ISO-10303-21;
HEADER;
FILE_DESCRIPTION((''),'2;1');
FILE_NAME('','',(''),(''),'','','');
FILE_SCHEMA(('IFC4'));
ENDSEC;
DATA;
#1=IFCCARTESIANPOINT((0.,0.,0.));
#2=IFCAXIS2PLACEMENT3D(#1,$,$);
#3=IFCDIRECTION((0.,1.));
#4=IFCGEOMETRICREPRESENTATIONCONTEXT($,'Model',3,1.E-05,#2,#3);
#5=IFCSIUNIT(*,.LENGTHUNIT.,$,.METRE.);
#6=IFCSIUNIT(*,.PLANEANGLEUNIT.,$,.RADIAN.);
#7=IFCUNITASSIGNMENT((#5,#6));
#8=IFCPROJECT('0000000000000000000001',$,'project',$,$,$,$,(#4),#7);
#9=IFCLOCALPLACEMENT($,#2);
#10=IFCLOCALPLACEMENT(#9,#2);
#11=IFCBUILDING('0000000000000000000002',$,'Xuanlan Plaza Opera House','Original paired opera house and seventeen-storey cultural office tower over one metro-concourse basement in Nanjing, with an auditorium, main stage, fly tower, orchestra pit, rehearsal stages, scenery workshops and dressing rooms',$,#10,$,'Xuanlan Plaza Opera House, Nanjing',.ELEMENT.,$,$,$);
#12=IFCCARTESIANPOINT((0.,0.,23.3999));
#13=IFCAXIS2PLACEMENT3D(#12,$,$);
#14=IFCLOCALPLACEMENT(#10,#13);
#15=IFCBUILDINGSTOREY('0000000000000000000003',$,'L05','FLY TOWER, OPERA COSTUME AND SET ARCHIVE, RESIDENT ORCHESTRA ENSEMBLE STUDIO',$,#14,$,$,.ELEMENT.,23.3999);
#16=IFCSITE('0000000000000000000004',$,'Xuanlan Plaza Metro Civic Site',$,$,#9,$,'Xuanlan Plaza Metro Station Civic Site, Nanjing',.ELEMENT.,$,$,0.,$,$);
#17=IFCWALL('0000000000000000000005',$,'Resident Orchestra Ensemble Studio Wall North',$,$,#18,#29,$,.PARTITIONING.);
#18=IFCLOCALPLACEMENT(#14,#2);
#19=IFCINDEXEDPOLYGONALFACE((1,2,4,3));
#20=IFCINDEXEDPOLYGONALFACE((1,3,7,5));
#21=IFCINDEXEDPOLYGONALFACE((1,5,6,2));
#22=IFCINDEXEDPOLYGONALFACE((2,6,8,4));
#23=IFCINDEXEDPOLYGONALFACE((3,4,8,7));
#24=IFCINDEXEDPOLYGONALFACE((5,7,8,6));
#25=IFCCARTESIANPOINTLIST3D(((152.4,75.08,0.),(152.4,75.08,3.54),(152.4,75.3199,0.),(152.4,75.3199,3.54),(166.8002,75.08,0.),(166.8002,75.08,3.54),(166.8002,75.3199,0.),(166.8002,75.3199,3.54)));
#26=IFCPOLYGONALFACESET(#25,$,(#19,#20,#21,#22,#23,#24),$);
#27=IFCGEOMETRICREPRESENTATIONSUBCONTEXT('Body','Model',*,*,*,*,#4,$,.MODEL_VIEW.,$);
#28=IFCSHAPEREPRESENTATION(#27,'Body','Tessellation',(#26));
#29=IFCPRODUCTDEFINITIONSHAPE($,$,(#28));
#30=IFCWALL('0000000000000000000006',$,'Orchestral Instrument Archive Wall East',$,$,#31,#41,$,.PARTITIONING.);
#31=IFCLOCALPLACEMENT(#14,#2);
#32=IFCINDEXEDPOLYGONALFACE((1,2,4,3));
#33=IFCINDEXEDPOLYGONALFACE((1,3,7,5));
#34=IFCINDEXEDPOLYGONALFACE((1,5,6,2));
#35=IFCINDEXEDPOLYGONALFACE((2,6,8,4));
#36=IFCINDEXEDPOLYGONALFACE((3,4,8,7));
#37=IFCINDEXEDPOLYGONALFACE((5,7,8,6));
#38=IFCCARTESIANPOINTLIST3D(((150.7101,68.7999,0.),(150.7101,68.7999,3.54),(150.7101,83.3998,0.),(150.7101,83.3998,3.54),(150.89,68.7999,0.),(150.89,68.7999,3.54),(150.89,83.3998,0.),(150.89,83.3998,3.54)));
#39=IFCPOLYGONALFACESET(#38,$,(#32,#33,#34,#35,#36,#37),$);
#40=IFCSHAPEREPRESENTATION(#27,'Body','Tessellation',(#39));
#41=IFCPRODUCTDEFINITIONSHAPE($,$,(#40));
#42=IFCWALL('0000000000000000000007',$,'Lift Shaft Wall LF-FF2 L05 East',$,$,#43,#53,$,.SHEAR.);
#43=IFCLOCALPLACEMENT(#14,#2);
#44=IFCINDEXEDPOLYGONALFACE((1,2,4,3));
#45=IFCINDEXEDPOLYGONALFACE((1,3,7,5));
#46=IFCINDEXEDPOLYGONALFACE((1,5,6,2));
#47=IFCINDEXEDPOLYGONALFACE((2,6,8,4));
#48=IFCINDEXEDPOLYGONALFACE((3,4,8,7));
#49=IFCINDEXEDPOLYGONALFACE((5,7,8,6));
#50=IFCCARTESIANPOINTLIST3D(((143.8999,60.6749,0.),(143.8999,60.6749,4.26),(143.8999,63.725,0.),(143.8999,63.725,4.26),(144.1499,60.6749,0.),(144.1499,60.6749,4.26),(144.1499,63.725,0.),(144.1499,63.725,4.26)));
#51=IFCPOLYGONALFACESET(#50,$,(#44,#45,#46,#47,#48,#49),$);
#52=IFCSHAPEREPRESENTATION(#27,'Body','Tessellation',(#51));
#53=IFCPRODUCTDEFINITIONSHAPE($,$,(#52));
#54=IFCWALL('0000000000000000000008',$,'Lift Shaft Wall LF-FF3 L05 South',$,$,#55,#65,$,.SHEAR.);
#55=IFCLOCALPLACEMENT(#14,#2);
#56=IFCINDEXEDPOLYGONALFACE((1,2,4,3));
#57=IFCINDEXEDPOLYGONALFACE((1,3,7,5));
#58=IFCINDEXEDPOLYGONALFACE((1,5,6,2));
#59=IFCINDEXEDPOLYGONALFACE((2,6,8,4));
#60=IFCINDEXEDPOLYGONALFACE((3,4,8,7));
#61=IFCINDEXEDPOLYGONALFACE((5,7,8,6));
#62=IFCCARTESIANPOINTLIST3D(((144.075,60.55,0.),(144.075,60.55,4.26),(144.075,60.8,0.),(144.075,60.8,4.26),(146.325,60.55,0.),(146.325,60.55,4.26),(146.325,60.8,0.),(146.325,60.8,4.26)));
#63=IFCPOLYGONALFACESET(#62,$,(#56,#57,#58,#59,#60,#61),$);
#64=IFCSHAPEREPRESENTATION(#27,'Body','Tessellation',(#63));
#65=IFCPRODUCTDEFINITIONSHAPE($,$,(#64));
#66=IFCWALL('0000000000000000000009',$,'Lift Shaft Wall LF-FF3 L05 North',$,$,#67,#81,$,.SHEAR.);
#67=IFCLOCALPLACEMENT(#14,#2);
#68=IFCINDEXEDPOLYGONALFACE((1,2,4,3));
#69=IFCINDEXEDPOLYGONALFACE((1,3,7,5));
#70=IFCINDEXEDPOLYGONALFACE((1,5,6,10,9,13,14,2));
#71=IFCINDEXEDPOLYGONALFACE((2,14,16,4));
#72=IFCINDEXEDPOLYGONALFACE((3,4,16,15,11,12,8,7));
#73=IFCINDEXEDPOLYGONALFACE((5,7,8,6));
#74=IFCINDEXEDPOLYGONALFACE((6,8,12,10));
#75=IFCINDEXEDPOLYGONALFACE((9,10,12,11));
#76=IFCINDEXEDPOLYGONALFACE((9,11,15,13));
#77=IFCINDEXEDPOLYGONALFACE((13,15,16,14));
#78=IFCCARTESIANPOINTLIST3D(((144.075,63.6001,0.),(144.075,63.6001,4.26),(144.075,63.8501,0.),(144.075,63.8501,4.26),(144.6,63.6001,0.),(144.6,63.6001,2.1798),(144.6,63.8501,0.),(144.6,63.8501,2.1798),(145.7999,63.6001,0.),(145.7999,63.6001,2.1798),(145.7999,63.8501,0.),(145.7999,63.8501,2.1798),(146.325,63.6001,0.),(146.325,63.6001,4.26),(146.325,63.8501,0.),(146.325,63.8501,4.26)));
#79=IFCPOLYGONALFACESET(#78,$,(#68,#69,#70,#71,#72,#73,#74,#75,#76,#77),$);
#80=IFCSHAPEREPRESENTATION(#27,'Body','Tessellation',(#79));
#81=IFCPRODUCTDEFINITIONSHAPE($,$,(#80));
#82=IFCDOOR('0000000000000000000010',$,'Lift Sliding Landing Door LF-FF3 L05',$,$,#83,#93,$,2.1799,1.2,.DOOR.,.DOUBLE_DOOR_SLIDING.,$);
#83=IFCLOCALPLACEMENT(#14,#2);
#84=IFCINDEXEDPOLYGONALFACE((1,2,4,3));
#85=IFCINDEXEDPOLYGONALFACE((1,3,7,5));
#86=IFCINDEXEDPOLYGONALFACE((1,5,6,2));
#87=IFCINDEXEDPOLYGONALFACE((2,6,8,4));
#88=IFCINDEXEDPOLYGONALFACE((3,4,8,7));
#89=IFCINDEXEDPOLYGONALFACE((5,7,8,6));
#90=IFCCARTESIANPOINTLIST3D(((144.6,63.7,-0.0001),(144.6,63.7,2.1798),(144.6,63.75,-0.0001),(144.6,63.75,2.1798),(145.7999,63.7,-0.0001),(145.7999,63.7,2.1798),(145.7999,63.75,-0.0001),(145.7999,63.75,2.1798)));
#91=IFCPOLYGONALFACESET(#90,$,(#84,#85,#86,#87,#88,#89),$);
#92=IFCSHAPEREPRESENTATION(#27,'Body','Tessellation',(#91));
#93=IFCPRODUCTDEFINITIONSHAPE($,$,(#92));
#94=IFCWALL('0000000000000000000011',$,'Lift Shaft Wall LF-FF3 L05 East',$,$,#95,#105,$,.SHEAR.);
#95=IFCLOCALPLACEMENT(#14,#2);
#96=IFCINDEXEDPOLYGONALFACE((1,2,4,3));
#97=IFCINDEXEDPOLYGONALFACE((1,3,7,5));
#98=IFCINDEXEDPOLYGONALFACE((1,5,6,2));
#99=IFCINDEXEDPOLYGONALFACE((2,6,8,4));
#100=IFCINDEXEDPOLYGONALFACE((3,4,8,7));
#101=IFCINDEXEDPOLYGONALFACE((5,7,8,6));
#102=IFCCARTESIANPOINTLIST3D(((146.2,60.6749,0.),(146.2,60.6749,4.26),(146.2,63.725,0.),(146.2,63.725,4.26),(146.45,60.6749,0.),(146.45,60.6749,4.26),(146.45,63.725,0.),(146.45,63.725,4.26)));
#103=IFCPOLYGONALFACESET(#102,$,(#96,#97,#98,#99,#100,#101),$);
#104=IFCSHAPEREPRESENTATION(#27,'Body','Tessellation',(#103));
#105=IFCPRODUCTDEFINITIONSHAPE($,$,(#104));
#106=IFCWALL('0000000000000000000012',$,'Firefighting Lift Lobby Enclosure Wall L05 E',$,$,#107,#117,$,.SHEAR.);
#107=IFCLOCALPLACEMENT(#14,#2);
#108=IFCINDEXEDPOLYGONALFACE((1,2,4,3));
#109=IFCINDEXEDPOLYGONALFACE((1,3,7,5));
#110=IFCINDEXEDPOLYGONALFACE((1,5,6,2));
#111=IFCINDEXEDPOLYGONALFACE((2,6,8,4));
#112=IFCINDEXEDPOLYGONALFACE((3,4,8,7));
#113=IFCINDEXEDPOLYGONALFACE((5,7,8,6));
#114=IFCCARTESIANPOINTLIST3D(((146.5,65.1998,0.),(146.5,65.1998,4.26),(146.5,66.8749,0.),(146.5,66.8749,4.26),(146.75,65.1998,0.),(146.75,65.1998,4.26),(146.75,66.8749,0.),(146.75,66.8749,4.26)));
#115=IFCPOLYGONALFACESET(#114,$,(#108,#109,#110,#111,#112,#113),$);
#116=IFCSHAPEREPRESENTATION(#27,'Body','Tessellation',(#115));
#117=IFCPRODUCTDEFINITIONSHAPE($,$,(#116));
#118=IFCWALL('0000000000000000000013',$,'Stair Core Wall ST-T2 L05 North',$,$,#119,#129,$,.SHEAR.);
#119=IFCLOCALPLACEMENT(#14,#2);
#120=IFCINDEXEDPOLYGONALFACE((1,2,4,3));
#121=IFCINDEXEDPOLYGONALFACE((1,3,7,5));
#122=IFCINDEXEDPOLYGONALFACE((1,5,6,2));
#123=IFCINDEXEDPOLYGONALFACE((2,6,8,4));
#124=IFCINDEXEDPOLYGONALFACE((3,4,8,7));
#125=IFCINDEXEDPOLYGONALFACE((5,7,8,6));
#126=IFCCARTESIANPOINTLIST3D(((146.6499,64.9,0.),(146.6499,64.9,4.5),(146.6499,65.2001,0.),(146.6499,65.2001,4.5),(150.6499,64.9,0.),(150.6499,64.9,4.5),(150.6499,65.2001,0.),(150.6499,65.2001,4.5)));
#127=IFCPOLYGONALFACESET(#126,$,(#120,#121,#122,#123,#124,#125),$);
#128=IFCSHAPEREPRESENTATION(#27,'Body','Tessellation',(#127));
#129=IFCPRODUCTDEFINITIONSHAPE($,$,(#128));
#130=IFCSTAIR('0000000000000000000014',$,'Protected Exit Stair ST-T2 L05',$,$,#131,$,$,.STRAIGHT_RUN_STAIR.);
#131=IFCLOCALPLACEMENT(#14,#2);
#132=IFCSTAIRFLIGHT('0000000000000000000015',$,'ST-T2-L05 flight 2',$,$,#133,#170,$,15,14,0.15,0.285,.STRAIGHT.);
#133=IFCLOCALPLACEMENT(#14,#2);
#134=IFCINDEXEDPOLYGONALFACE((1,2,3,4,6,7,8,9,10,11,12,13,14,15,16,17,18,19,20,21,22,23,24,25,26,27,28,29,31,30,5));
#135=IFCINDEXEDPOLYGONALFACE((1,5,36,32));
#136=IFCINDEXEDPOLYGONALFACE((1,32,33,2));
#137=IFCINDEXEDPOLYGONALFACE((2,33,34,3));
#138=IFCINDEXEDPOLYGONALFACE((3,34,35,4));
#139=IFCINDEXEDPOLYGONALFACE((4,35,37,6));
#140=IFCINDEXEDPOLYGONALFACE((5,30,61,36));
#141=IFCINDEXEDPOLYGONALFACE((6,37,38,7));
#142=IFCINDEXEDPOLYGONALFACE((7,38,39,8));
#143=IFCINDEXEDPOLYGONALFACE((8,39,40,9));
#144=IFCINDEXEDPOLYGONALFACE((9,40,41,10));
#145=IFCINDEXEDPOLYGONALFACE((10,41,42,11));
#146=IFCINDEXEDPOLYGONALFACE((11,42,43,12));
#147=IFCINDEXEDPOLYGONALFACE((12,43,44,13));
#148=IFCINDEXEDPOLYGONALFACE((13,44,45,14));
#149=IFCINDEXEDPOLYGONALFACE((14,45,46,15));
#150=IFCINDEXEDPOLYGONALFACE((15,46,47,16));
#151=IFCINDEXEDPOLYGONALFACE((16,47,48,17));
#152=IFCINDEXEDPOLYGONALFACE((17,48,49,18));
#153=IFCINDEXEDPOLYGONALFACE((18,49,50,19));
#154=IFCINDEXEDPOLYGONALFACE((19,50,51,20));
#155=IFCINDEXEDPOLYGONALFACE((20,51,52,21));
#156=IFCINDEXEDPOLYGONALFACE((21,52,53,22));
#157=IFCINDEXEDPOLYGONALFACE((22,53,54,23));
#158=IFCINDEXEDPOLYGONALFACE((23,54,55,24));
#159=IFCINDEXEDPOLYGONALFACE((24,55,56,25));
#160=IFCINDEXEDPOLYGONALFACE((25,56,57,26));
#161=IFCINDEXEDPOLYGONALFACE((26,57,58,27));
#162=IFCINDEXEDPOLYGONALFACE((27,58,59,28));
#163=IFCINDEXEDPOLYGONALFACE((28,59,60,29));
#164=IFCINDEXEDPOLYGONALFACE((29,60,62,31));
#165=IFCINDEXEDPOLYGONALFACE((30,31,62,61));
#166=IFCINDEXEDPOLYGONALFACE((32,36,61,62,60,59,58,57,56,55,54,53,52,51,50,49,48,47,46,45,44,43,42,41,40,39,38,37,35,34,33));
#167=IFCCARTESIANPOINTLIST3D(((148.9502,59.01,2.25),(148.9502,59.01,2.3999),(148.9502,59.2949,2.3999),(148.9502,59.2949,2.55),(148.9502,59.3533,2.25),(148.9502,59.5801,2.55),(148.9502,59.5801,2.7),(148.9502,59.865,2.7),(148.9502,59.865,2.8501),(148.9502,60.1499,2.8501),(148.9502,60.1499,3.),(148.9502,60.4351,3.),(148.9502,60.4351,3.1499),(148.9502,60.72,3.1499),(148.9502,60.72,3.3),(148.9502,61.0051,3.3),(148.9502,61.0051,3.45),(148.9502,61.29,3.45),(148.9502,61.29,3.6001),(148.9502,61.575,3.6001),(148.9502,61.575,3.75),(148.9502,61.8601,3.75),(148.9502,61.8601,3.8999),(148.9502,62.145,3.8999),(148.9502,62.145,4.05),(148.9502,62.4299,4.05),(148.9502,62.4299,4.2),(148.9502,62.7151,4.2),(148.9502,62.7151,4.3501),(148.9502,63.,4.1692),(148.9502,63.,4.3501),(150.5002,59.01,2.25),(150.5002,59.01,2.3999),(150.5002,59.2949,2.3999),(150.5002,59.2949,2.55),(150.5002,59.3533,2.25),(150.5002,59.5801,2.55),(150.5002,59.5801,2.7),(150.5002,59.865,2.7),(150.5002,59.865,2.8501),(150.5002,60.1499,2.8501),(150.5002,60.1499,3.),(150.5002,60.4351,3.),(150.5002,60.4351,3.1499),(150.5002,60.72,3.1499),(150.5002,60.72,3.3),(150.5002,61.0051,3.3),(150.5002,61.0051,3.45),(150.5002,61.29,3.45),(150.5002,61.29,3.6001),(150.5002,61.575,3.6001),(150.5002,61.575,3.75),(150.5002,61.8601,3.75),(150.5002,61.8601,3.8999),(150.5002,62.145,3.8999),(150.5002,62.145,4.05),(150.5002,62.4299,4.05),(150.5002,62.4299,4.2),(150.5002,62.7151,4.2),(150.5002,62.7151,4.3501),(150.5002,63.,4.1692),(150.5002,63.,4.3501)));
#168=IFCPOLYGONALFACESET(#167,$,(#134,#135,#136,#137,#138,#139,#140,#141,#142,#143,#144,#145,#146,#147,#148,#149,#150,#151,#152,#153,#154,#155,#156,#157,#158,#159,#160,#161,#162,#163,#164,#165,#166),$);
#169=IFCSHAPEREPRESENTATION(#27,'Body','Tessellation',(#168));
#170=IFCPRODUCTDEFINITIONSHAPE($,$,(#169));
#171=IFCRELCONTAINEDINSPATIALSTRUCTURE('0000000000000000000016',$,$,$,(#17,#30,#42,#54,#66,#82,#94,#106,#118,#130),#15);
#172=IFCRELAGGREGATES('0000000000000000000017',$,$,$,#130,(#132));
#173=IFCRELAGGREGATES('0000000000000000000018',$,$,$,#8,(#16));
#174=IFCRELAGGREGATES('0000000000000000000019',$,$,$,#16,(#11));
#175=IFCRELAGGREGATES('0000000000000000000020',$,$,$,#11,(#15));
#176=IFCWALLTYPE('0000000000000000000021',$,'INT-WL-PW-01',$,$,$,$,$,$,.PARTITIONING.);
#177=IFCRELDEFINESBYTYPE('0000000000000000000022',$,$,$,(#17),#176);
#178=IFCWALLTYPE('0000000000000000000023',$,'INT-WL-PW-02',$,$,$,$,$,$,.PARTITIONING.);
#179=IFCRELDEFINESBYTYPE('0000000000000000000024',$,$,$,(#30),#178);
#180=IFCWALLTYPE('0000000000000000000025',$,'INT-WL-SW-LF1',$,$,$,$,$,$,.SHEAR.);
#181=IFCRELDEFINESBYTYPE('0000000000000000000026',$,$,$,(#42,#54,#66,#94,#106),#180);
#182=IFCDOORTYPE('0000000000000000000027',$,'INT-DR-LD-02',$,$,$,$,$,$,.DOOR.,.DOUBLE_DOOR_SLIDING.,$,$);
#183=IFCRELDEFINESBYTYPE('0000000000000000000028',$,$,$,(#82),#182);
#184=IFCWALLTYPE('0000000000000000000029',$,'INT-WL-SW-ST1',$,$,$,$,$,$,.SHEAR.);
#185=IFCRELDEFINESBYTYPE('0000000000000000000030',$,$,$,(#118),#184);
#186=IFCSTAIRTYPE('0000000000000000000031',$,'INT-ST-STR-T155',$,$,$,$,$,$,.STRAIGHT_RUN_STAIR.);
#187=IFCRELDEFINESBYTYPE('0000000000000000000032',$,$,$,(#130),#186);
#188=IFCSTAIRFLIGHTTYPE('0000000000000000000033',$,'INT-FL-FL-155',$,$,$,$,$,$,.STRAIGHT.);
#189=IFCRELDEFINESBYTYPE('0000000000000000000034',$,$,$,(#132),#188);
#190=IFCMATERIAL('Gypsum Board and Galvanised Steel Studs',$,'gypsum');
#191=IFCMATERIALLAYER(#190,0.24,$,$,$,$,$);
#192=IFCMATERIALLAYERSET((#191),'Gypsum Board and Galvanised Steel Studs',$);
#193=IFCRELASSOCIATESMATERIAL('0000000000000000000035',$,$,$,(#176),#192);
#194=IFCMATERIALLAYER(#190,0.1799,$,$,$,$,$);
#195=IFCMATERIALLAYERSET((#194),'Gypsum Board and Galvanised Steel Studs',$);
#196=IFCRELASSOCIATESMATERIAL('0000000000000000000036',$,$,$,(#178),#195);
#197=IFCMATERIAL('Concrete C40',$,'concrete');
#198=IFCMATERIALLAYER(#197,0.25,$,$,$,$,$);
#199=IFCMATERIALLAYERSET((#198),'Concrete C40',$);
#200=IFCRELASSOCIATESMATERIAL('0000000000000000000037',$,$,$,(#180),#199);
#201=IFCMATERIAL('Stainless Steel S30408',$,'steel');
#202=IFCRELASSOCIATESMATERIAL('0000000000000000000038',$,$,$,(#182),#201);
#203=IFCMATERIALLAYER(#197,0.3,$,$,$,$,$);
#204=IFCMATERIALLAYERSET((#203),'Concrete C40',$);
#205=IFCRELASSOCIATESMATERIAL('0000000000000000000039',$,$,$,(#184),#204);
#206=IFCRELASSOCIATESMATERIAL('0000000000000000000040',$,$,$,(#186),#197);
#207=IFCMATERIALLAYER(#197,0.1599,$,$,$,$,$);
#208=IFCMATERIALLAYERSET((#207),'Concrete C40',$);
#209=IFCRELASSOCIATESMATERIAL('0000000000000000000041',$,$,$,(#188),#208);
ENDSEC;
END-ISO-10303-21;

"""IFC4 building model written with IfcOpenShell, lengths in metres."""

from ifc_helpers import new_model, si_unit, direction, frame, frame_2d, origin, place, context, subcontext, project, spatial, polyline, rectangle, outline, extrude, material, layer, layer_set, type_object, element, fill, aggregate, save


model = new_model("IFC4")

# Units and contexts
model_context = context("Model", 3, precision=1e-05, world=origin(), true_north=direction((0.0, 1.0)))
body_context = subcontext(model_context, "Body", "Model", "MODEL_VIEW")
ifc_project = project(units=[si_unit("LENGTHUNIT", "METRE"), si_unit("PLANEANGLEUNIT", "RADIAN")], contexts=[model_context])

# Site, building, storey
site_placement = place(None, origin())
site = spatial("IfcSite", under=ifc_project, at=site_placement, Name="Xuanlan Plaza Metro Civic Site", LongName="Xuanlan Plaza Metro Station Civic Site, Nanjing", CompositionType="ELEMENT", RefElevation=0.0)
building_placement = place(site_placement, origin())
building = spatial("IfcBuilding", under=site, at=building_placement, Name="Xuanlan Plaza Opera House", Description="Original paired opera house and seventeen-storey cultural office tower over one metro-concourse basement in Nanjing, with an auditorium, main stage, fly tower, orchestra pit, rehearsal stages, scenery workshops and dressing rooms", LongName="Xuanlan Plaza Opera House, Nanjing", CompositionType="ELEMENT")
storey_placement = place(building_placement, frame((0.0, 0.0, 23.3999)))
storey = spatial("IfcBuildingStorey", under=building, at=storey_placement, Name="L05", Description="FLY TOWER, OPERA COSTUME AND SET ARCHIVE, RESIDENT ORCHESTRA ENSEMBLE STUDIO", CompositionType="ELEMENT", Elevation=23.3999)

# Shared definitions
ifc_material_1 = material(Name="Concrete C40", Category="concrete")

# Walls
ifc_material_2 = material(Name="Gypsum Board and Galvanised Steel Studs", Category="gypsum")
ifc_layer_1 = layer(ifc_material_2, 0.24)
ifc_layer_set_1 = layer_set([ifc_layer_1], Name="Gypsum Board and Galvanised Steel Studs")
wall_type_1 = type_object("IfcWallType", Name="INT-WL-PW-01", PredefinedType="PARTITIONING", material=ifc_layer_set_1)
wall_1_placement = place(storey_placement, frame((152.3999, 75.2, 0.0), z_axis=(0.0, 0.0, 1.0), x_axis=(1.0, 0.0, 0.0)))
element("IfcWall", 1, at=wall_1_placement, inside=storey, type_object=wall_type_1, Name="Resident Orchestra Ensemble Studio Wall North", PredefinedType="PARTITIONING", context=body_context, shape_type="SweptSolid", body=[
    extrude(rectangle(XDim=14.4001, YDim=0.24, at=frame_2d((7.2002, 0.0))), origin(), (0.0, 0.0, 1.0), 3.54),
])
ifc_layer_2 = layer(ifc_material_2, 0.1799)
ifc_layer_set_2 = layer_set([ifc_layer_2], Name="Gypsum Board and Galvanised Steel Studs")
wall_type_2 = type_object("IfcWallType", Name="INT-WL-PW-02", PredefinedType="PARTITIONING", material=ifc_layer_set_2)
wall_2_placement = place(storey_placement, frame((150.8, 68.8, 0.0), z_axis=(0.0, 0.0, 1.0), x_axis=(0.0, 1.0, 0.0)))
element("IfcWall", 2, at=wall_2_placement, inside=storey, type_object=wall_type_2, Name="Orchestral Instrument Archive Wall East", PredefinedType="PARTITIONING", context=body_context, shape_type="SweptSolid", body=[
    extrude(rectangle(XDim=14.5999, YDim=0.1799, at=frame_2d((7.2998, 0.0))), origin(), (0.0, 0.0, 1.0), 3.54),
])
ifc_layer_3 = layer(ifc_material_1, 0.25)
ifc_layer_set_3 = layer_set([ifc_layer_3], Name="Concrete C40")
wall_type_3 = type_object("IfcWallType", Name="INT-WL-SW-LF1", PredefinedType="SHEAR", material=ifc_layer_set_3)
wall_3_placement = place(storey_placement, frame((144.0249, 60.675, 0.0), z_axis=(0.0, 0.0, 1.0), x_axis=(0.0, 1.0, 0.0)))
element("IfcWall", 3, at=wall_3_placement, inside=storey, type_object=wall_type_3, Name="Lift Shaft Wall LF-FF2 L05 East", PredefinedType="SHEAR", context=body_context, shape_type="SweptSolid", body=[
    extrude(rectangle(XDim=3.05, YDim=0.25, at=frame_2d((1.5249, 0.0))), origin(), (0.0, 0.0, 1.0), 4.26),
])
wall_4_placement = place(storey_placement, frame((144.075, 60.675, 0.0), z_axis=(0.0, 0.0, 1.0), x_axis=(1.0, 0.0, 0.0)))
element("IfcWall", 4, at=wall_4_placement, inside=storey, type_object=wall_type_3, Name="Lift Shaft Wall LF-FF3 L05 South", PredefinedType="SHEAR", context=body_context, shape_type="SweptSolid", body=[
    extrude(rectangle(XDim=2.25, YDim=0.25, at=frame_2d((1.125, 0.0))), origin(), (0.0, 0.0, 1.0), 4.26),
])

# Wall, opening, door
wall_5_placement = place(storey_placement, frame((144.075, 63.7251, 0.0), z_axis=(0.0, 0.0, 1.0), x_axis=(1.0, 0.0, 0.0)))
wall_5 = element("IfcWall", 5, at=wall_5_placement, inside=storey, type_object=wall_type_3, Name="Lift Shaft Wall LF-FF3 L05 North", PredefinedType="SHEAR", context=body_context, shape_type="SweptSolid", body=[
    extrude(rectangle(XDim=2.25, YDim=0.25, at=frame_2d((1.125, 0.0))), origin(), (0.0, 0.0, 1.0), 4.26),
])
opening_placement = place(wall_5_placement, frame((0.5249, 0.0, 0.0)))
opening = element("IfcOpeningElement", 6, at=opening_placement, cuts=wall_5, PredefinedType="OPENING", context=body_context, shape_type="SweptSolid", body=[
    extrude(rectangle(XDim=1.2, YDim=2.1799, at=frame_2d((0.6001, 1.0898))), frame((0.0, 0.135, 0.0), z_axis=(0.0, -1.0, 0.0), x_axis=(1.0, 0.0, 0.0)), (0.0, 0.0, 1.0), 0.27),
])
ifc_material_3 = material(Name="Stainless Steel S30408", Category="steel")
door_type = type_object("IfcDoorType", Name="INT-DR-LD-02", OperationType="DOUBLE_DOOR_SLIDING", PredefinedType="DOOR", material=ifc_material_3)
door_placement = place(opening_placement, origin())
door = element("IfcDoor", 7, at=door_placement, inside=storey, type_object=door_type, Name="Lift Sliding Landing Door LF-FF3 L05", OperationType="DOUBLE_DOOR_SLIDING", OverallHeight=2.1799, OverallWidth=1.2, PredefinedType="DOOR", context=body_context, shape_type="SweptSolid", body=[
    extrude(rectangle(XDim=1.2, YDim=2.1799, at=frame_2d((0.6001, 1.0898))), frame((0.0, 0.0249, 0.0), z_axis=(0.0, -1.0, 0.0), x_axis=(1.0, 0.0, 0.0)), (0.0, 0.0, 1.0), 0.05),
])
fill(opening, door)

# Walls
wall_6_placement = place(storey_placement, frame((146.325, 60.675, 0.0), z_axis=(0.0, 0.0, 1.0), x_axis=(0.0, 1.0, 0.0)))
element("IfcWall", 8, at=wall_6_placement, inside=storey, type_object=wall_type_3, Name="Lift Shaft Wall LF-FF3 L05 East", PredefinedType="SHEAR", context=body_context, shape_type="SweptSolid", body=[
    extrude(rectangle(XDim=3.05, YDim=0.25, at=frame_2d((1.5249, 0.0))), origin(), (0.0, 0.0, 1.0), 4.26),
])
wall_7_placement = place(storey_placement, frame((146.625, 65.2, 0.0), z_axis=(0.0, 0.0, 1.0), x_axis=(0.0, 1.0, 0.0)))
element("IfcWall", 9, at=wall_7_placement, inside=storey, type_object=wall_type_3, Name="Firefighting Lift Lobby Enclosure Wall L05 E", PredefinedType="SHEAR", context=body_context, shape_type="SweptSolid", body=[
    extrude(rectangle(XDim=1.675, YDim=0.25, at=frame_2d((0.8374, 0.0))), origin(), (0.0, 0.0, 1.0), 4.26),
])
ifc_layer_4 = layer(ifc_material_1, 0.3)
ifc_layer_set_4 = layer_set([ifc_layer_4], Name="Concrete C40")
wall_type_4 = type_object("IfcWallType", Name="INT-WL-SW-ST1", PredefinedType="SHEAR", material=ifc_layer_set_4)
wall_8_placement = place(storey_placement, frame((146.6499, 65.05, 0.0), z_axis=(0.0, 0.0, 1.0), x_axis=(1.0, 0.0, 0.0)))
element("IfcWall", 10, at=wall_8_placement, inside=storey, type_object=wall_type_4, Name="Stair Core Wall ST-T2 L05 North", PredefinedType="SHEAR", context=body_context, shape_type="SweptSolid", body=[
    extrude(rectangle(XDim=4.0, YDim=0.3, at=frame_2d((2.0, 0.0))), origin(), (0.0, 0.0, 1.0), 4.5),
])

# Stair, stair flight
stair_type = type_object("IfcStairType", Name="INT-ST-STR-T155", PredefinedType="STRAIGHT_RUN_STAIR", material=ifc_material_1)
stair_placement = place(storey_placement, origin())
stair = element("IfcStair", 11, at=stair_placement, inside=storey, type_object=stair_type, Name="Protected Exit Stair ST-T2 L05", PredefinedType="STRAIGHT_RUN_STAIR")
ifc_layer_5 = layer(ifc_material_1, 0.1599)
ifc_layer_set_5 = layer_set([ifc_layer_5], Name="Concrete C40")
stair_flight_type = type_object("IfcStairFlightType", Name="INT-FL-FL-155", PredefinedType="STRAIGHT", material=ifc_layer_set_5)
stair_flight_placement = place(storey_placement, frame((149.7251, 59.01, 2.25), z_axis=(0.0, 0.0, 1.0), x_axis=(0.0, 1.0, 0.0)))
stair_flight = element("IfcStairFlight", 12, at=stair_flight_placement, type_object=stair_flight_type, Name="ST-T2-L05 flight 2", NumberOfRisers=15, NumberOfTreads=14, PredefinedType="STRAIGHT", RiserHeight=0.15, TreadLength=0.285, context=body_context, shape_type="SweptSolid", body=[
    extrude(outline(polyline([(0.0, 0.0), (0.0, 0.1499), (0.2849, 0.1499), (0.2849, 0.3), (0.5701, 0.3), (0.5701, 0.45), (0.855, 0.45), (0.855, 0.6001), (1.1399, 0.6001), (1.1399, 0.75), (1.425, 0.75), (1.425, 0.8999), (1.71, 0.8999), (1.71, 1.05), (1.9951, 1.05), (1.9951, 1.2), (2.28, 1.2), (2.28, 1.3501), (2.5649, 1.3501), (2.5649, 1.5), (2.8501, 1.5), (2.8501, 1.6499), (3.135, 1.6499), (3.135, 1.8), (3.4199, 1.8), (3.4199, 1.95), (3.7051, 1.95), (3.7051, 2.1001), (3.99, 2.1001), (3.99, 2.25), (3.99, 1.9192), (0.3433, 0.0), (0.0, 0.0)])), frame((0.0, 0.7749, 0.0), z_axis=(0.0, -1.0, 0.0), x_axis=(1.0, 0.0, 0.0)), (0.0, 0.0, 1.0), 1.55),
])
aggregate(stair, [stair_flight])

save(model, "model.ifc")
